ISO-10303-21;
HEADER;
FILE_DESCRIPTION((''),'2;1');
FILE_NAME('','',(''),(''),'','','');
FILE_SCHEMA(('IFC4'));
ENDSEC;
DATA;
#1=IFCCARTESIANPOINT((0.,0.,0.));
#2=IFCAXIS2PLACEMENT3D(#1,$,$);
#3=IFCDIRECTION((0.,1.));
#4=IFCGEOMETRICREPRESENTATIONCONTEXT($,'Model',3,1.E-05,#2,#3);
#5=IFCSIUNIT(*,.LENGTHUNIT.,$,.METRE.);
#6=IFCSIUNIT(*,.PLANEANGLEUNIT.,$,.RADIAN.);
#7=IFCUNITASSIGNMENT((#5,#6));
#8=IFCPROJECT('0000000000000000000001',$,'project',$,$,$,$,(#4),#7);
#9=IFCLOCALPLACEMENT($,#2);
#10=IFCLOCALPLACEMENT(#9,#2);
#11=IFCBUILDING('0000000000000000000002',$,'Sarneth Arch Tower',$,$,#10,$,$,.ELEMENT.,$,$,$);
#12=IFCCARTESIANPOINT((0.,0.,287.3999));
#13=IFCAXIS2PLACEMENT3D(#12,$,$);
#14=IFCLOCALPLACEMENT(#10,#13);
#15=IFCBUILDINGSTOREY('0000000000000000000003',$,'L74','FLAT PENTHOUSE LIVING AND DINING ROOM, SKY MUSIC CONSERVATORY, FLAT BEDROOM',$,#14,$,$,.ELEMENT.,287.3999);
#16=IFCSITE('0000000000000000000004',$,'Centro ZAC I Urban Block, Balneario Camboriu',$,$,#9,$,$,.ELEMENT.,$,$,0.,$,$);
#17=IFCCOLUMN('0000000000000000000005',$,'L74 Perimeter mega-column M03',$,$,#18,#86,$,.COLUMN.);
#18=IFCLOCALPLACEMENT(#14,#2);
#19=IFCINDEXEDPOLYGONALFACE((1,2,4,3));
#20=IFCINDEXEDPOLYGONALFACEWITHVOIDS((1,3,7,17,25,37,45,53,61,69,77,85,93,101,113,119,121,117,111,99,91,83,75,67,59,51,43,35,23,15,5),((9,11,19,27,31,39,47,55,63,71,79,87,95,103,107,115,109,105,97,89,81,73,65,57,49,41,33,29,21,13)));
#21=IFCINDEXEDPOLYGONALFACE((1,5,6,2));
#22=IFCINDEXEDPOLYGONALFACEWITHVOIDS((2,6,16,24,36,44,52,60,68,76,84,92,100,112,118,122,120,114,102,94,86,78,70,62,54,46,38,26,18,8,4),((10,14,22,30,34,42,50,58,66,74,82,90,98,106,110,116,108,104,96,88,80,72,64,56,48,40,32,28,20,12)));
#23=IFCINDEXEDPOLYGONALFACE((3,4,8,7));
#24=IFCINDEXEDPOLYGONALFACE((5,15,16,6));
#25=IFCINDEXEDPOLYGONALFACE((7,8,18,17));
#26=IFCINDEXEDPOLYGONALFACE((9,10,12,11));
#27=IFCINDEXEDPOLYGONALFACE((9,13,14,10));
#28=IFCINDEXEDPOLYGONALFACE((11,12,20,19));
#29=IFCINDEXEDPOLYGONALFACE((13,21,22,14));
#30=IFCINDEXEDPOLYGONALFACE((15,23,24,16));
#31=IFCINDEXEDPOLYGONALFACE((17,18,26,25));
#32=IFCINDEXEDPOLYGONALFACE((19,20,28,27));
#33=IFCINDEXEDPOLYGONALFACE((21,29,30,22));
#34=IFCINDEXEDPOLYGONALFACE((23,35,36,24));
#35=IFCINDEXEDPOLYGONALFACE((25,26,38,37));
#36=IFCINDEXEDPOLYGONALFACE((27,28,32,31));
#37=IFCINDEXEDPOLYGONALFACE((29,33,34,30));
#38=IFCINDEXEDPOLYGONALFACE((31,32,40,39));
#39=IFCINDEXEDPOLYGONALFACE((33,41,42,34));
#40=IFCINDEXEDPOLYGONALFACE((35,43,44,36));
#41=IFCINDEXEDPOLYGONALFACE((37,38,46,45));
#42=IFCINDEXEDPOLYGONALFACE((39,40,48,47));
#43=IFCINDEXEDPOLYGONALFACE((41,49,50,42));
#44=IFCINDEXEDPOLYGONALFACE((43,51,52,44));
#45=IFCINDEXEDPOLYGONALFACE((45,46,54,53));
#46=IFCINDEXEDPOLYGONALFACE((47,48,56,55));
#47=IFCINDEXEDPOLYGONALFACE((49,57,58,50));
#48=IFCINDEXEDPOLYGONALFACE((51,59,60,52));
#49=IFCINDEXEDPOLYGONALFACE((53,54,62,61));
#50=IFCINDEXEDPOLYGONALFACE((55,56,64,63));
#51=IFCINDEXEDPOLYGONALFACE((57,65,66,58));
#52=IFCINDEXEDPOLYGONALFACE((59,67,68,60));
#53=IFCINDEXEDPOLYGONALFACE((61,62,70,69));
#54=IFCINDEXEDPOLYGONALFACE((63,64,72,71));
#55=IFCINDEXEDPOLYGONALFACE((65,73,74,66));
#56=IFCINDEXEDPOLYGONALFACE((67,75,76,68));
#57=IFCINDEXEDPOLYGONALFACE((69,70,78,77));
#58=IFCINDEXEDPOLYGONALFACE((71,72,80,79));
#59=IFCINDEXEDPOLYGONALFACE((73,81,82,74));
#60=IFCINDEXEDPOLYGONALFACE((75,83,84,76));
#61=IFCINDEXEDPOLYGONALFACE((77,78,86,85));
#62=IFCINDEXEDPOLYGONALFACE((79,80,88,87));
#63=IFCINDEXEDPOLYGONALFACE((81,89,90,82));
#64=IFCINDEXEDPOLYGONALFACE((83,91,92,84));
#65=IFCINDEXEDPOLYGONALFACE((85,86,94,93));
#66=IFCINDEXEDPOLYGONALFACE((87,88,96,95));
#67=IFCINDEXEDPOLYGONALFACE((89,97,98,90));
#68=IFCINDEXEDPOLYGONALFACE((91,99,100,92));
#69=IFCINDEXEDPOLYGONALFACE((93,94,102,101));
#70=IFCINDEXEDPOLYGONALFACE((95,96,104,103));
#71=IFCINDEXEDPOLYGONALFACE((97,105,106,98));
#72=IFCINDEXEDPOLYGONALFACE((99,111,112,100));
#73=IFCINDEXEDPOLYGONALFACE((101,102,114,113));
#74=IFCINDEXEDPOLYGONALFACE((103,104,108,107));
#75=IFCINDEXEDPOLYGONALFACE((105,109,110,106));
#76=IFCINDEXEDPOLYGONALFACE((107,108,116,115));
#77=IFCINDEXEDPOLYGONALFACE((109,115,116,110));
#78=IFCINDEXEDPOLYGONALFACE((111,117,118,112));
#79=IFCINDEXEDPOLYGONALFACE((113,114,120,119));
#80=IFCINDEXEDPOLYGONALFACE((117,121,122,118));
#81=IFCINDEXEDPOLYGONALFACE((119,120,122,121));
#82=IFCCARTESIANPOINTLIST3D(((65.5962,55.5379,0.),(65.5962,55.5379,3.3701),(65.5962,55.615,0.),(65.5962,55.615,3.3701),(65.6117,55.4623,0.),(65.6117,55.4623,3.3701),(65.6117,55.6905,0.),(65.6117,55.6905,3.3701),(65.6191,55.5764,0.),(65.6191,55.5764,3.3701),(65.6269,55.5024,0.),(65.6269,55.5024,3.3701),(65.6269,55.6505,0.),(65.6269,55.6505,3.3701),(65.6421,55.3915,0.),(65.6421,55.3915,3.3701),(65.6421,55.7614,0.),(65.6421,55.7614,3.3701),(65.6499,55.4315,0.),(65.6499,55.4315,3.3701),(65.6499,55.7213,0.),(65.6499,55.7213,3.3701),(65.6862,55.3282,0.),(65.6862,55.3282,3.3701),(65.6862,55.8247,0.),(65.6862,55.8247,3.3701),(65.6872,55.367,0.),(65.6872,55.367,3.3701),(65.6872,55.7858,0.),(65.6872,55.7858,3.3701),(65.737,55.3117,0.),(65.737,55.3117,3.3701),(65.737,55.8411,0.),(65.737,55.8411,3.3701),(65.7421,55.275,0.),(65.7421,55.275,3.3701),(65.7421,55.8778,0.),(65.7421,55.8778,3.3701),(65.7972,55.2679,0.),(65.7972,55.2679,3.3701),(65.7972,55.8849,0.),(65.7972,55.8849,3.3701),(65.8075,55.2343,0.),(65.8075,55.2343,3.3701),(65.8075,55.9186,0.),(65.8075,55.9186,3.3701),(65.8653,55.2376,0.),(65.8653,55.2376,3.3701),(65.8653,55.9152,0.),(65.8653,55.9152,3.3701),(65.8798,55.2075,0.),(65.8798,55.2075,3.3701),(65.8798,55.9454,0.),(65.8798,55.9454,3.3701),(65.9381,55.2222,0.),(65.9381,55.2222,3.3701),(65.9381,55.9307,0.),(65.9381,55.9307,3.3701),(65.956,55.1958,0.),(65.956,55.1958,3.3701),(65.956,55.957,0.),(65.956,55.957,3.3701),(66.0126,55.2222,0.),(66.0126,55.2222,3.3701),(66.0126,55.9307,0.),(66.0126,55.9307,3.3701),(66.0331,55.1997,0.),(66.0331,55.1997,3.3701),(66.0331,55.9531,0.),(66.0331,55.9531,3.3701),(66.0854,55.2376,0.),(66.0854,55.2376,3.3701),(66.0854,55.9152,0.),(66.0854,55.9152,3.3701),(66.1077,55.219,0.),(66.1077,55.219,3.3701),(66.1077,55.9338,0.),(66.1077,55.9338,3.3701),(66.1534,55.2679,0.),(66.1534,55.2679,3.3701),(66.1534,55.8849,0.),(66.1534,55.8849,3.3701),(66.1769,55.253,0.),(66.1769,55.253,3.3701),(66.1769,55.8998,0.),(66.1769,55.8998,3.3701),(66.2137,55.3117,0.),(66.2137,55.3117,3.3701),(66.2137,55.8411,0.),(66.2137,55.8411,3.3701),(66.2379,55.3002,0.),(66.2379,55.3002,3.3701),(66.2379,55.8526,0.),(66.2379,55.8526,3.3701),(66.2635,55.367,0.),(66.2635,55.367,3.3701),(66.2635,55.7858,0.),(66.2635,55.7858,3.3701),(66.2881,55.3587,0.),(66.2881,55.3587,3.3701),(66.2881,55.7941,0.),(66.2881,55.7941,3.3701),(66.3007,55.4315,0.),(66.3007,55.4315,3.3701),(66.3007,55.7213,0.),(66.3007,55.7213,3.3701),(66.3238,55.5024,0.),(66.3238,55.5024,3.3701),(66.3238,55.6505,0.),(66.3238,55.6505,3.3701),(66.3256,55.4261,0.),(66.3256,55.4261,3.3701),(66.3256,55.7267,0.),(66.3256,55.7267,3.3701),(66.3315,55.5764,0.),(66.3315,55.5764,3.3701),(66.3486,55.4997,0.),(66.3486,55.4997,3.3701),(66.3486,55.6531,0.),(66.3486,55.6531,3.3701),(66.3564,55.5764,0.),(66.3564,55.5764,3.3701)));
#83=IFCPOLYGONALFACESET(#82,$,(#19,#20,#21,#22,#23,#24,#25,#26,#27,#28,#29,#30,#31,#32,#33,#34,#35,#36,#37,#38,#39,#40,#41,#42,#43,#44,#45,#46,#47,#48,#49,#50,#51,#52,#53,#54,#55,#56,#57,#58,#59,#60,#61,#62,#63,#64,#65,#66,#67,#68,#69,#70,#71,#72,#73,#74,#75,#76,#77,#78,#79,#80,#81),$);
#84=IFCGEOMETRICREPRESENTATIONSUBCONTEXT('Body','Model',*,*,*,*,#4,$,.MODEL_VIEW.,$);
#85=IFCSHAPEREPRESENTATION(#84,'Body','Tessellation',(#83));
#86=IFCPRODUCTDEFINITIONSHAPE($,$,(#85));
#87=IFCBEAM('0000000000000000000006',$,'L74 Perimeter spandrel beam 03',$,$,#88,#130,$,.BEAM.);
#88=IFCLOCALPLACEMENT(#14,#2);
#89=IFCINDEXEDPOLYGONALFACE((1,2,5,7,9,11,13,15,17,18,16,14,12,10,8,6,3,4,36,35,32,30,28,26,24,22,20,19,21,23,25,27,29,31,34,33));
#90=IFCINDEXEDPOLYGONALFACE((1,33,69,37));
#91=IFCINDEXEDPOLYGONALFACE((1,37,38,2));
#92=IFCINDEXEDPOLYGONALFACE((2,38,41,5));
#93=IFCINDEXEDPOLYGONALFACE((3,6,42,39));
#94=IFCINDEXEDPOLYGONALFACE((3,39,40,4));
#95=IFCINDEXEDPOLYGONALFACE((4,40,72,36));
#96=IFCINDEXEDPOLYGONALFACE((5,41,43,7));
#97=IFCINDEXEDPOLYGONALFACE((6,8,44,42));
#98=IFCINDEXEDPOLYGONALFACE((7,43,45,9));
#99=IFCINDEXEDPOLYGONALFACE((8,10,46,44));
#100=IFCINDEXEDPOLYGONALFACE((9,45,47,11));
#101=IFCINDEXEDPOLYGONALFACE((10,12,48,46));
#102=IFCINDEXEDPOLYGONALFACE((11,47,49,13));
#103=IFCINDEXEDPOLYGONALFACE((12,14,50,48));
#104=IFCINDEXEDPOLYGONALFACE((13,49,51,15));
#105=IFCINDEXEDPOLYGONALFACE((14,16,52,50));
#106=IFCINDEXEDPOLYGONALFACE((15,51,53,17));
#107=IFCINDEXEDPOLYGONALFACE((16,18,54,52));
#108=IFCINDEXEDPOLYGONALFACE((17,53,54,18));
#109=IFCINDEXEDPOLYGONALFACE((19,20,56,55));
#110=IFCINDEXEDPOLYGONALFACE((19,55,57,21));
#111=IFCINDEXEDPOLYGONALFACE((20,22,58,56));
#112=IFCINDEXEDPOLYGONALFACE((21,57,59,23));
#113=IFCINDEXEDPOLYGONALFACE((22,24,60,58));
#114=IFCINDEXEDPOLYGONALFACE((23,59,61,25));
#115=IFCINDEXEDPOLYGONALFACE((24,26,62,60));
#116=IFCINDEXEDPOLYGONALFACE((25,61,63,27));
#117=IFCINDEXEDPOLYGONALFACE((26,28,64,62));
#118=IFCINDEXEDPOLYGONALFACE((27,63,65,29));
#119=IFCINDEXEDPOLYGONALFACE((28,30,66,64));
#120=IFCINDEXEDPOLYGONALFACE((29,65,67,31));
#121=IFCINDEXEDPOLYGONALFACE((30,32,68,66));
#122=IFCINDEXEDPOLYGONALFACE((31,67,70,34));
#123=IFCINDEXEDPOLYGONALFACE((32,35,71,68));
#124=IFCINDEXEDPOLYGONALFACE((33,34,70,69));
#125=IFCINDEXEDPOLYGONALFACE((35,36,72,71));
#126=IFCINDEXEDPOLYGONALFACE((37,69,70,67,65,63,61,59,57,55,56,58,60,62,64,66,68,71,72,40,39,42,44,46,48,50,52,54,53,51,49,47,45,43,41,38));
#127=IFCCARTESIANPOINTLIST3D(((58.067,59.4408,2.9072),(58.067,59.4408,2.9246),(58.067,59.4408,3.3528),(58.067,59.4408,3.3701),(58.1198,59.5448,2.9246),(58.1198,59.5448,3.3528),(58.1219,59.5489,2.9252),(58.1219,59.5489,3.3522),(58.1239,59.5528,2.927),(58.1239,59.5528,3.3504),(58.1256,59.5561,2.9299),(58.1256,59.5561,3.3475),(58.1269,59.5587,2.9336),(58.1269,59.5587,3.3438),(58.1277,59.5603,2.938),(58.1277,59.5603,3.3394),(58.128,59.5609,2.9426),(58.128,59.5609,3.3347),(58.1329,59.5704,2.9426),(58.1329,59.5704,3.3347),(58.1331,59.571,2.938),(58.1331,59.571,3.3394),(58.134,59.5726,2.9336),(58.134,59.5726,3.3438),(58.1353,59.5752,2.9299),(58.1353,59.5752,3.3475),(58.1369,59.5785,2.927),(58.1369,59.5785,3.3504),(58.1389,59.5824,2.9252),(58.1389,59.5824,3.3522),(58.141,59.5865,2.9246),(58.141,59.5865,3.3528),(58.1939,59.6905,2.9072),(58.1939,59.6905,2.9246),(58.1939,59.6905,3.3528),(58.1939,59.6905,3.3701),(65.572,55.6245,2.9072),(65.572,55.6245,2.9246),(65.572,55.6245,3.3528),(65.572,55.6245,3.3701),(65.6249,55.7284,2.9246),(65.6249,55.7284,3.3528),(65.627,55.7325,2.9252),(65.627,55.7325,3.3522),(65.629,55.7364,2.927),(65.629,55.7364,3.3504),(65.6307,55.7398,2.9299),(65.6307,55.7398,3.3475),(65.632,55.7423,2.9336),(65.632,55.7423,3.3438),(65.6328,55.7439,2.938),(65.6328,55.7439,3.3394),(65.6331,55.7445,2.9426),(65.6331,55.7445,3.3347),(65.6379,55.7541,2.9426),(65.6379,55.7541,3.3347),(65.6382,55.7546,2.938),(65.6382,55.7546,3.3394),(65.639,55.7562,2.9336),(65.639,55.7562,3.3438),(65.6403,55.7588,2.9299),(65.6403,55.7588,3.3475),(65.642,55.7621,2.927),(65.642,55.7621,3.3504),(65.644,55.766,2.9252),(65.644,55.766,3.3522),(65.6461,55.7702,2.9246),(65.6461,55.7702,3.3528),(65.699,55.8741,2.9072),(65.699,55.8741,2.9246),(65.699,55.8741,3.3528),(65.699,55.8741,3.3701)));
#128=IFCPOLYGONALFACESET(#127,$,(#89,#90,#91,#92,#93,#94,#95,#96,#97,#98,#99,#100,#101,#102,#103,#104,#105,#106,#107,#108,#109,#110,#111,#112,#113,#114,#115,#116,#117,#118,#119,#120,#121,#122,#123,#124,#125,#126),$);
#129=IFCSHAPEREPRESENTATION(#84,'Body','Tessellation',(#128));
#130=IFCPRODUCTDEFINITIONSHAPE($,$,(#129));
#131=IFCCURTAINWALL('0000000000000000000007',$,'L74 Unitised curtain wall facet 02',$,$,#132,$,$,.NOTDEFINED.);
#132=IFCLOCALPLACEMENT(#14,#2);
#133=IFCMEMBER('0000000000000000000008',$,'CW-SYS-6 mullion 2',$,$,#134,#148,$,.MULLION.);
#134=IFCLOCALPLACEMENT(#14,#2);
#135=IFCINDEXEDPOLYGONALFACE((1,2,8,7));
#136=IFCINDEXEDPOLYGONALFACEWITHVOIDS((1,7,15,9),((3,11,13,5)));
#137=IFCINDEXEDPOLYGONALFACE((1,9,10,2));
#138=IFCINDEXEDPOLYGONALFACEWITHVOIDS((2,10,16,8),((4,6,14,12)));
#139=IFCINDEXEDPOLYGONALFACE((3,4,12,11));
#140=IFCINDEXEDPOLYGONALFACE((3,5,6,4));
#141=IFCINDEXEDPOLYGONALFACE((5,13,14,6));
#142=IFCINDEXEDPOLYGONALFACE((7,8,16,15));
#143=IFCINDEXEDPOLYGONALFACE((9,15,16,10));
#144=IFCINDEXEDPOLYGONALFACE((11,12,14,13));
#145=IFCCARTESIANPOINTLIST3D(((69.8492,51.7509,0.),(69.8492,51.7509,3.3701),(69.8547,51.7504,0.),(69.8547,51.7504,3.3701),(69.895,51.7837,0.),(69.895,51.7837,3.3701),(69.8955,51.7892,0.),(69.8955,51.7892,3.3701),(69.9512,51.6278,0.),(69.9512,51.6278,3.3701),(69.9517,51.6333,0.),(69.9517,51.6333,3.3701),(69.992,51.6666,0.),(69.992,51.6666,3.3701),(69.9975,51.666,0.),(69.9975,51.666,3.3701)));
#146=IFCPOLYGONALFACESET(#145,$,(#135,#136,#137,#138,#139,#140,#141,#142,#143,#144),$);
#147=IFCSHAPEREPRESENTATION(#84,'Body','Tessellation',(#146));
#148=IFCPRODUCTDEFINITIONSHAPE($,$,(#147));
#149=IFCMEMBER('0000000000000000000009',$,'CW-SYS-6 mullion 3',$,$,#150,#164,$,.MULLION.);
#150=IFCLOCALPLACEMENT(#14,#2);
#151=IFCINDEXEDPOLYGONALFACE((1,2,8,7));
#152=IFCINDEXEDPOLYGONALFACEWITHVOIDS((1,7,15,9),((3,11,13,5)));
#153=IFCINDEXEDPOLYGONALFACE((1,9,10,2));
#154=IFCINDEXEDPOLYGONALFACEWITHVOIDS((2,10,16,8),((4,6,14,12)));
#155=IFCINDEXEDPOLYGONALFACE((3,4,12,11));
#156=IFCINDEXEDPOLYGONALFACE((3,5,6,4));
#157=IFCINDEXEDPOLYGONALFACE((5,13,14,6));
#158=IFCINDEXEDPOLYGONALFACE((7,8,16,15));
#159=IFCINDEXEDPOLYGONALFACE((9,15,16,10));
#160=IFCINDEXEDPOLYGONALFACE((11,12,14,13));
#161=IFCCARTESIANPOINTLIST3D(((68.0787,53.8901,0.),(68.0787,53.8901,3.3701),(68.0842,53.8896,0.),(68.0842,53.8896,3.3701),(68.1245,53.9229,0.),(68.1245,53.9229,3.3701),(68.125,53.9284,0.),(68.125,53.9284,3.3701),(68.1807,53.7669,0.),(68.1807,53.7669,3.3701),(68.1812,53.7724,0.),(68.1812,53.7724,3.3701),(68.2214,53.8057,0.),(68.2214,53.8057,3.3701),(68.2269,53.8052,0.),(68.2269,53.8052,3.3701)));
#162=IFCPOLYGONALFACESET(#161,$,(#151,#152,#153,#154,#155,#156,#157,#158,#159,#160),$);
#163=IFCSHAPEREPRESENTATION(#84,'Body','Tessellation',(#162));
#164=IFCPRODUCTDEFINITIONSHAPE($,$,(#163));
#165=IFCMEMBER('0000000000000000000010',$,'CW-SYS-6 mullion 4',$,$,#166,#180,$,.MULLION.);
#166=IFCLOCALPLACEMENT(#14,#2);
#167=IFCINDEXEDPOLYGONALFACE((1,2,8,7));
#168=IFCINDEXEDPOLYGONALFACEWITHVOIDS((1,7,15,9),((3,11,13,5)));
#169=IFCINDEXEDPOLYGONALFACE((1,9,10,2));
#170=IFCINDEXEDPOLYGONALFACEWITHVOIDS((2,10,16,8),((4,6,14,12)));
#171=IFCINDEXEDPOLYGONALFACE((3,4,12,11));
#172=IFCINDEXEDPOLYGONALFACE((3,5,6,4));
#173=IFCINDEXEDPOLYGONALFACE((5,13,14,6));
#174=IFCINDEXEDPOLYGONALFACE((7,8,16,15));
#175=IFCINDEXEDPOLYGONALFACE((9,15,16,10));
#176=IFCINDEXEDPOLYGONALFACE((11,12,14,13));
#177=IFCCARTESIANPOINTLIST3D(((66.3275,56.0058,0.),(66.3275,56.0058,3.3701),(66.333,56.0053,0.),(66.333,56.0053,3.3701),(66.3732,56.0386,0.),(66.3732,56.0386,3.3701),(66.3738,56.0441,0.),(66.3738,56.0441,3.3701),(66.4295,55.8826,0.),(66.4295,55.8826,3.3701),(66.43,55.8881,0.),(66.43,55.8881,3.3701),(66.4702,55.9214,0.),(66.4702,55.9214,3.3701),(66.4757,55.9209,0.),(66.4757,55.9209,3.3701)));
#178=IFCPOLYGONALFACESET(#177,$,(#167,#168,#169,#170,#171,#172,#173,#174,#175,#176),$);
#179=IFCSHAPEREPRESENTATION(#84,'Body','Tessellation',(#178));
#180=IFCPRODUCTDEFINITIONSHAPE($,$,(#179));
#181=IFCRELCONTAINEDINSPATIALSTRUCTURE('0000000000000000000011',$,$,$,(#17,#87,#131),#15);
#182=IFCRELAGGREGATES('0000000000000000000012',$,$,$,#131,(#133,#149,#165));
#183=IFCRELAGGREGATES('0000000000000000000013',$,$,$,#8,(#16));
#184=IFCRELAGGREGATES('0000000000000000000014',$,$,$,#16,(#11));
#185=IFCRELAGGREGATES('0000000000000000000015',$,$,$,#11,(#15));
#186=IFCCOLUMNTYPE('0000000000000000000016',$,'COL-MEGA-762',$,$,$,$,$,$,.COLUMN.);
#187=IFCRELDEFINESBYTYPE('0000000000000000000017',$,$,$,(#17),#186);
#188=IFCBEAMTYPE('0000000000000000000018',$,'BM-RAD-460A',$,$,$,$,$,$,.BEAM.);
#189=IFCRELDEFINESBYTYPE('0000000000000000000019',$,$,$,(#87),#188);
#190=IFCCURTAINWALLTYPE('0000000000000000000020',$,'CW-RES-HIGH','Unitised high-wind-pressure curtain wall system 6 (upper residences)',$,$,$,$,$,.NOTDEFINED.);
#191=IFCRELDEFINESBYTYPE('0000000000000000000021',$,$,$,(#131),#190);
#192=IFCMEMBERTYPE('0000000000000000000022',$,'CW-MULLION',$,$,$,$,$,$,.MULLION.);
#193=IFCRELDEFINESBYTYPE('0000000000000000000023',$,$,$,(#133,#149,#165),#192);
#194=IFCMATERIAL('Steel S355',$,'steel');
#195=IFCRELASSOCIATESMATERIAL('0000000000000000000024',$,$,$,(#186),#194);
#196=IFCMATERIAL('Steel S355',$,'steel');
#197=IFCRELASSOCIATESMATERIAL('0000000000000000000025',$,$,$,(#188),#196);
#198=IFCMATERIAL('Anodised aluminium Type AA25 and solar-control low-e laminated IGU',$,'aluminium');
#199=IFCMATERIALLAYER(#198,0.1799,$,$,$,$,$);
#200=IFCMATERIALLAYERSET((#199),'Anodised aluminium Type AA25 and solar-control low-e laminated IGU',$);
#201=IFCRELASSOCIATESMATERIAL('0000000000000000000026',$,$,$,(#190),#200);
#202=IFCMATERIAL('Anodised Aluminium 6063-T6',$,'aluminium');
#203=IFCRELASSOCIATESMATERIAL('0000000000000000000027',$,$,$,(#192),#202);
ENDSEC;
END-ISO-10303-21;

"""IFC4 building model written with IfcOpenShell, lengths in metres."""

from ifc_helpers import new_model, si_unit, direction, frame, origin, origin_2d, place, context, subcontext, project, spatial, hollow_rectangle, hollow_circle, i_section, extrude, material, layer, layer_set, material_profile, profile_set, type_object, element, aggregate, save


model = new_model("IFC4")

# Units and contexts
model_context = context("Model", 3, precision=1e-05, world=origin(), true_north=direction((0.0, 1.0)))
body_context = subcontext(model_context, "Body", "Model", "MODEL_VIEW")
ifc_project = project(units=[si_unit("LENGTHUNIT", "METRE"), si_unit("PLANEANGLEUNIT", "RADIAN")], contexts=[model_context])

# Site, building, storey
site_placement = place(None, origin())
site = spatial("IfcSite", under=ifc_project, at=site_placement, Name="Centro ZAC I Urban Block, Balneario Camboriu", CompositionType="ELEMENT", RefElevation=0.0)
building_placement = place(site_placement, origin())
building = spatial("IfcBuilding", under=site, at=building_placement, Name="Sarneth Arch Tower", CompositionType="ELEMENT")
storey_placement = place(building_placement, frame((0.0, 0.0, 287.3999)))
storey = spatial("IfcBuildingStorey", under=building, at=storey_placement, Name="L74", Description="FLAT PENTHOUSE LIVING AND DINING ROOM, SKY MUSIC CONSERVATORY, FLAT BEDROOM", CompositionType="ELEMENT", Elevation=287.3999)

# Column
ifc_material_1 = material(Name="Steel S355", Category="steel")
ifc_material_profile_1 = material_profile(ifc_material_1, hollow_circle(Radius=0.3811, WallThickness=0.0249, at=origin_2d()), Name="CHS762x25")
ifc_profile_set_1 = profile_set([ifc_material_profile_1], Name="Steel S355")
column_type = type_object("IfcColumnType", Name="COL-MEGA-762", PredefinedType="COLUMN", material=ifc_profile_set_1)
column_placement = place(storey_placement, frame((65.9753, 55.5764, 0.0), z_axis=(0.0, 0.0, 1.0), x_axis=(1.0, 0.0, 0.0)))
element("IfcColumn", 1, at=column_placement, inside=storey, type_object=column_type, Name="L74 Perimeter mega-column M03", PredefinedType="COLUMN", context=body_context, shape_type="SweptSolid", body=[
    extrude(hollow_circle(Radius=0.3811, WallThickness=0.0249, at=origin_2d()), origin(), (0.0, 0.0, 1.0), 3.3701),
])

# Beam
ifc_material_2 = material(Name="Steel S355", Category="steel")
ifc_material_profile_2 = material_profile(ifc_material_2, i_section(OverallWidth=0.28, OverallDepth=0.4629, WebThickness=0.0107, FlangeThickness=0.0173, FilletRadius=0.0181, at=origin_2d()), Name="W460x113")
ifc_profile_set_2 = profile_set([ifc_material_profile_2], Name="Steel S355")
beam_type = type_object("IfcBeamType", Name="BM-RAD-460A", PredefinedType="BEAM", material=ifc_profile_set_2)
beam_placement = place(storey_placement, frame((65.6355, 55.7493, 3.1387), z_axis=(-0.891374, 0.453269, 0.0), x_axis=(-0.453269, -0.891374, 0.0)))
element("IfcBeam", 2, at=beam_placement, inside=storey, type_object=beam_type, Name="L74 Perimeter spandrel beam 03", PredefinedType="BEAM", context=body_context, shape_type="SweptSolid", body=[
    extrude(i_section(OverallWidth=0.28, OverallDepth=0.4629, WebThickness=0.0107, FlangeThickness=0.0173, FilletRadius=0.0181, at=origin_2d()), origin(), (0.0, 0.0, 1.0), 8.4197),
])

# Curtain wall, members
ifc_material_3 = material(Name="Anodised aluminium Type AA25 and solar-control low-e laminated IGU", Category="aluminium")
ifc_layer_1 = layer(ifc_material_3, 0.1799)
ifc_layer_set_1 = layer_set([ifc_layer_1], Name="Anodised aluminium Type AA25 and solar-control low-e laminated IGU")
curtain_wall_type = type_object("IfcCurtainWallType", Name="CW-RES-HIGH", Description="Unitised high-wind-pressure curtain wall system 6 (upper residences)", PredefinedType="NOTDEFINED", material=ifc_layer_set_1)
curtain_wall_placement = place(storey_placement, origin())
curtain_wall = element("IfcCurtainWall", 3, at=curtain_wall_placement, inside=storey, type_object=curtain_wall_type, Name="L74 Unitised curtain wall facet 02", PredefinedType="NOTDEFINED")
ifc_material_4 = material(Name="Anodised Aluminium 6063-T6", Category="aluminium")
ifc_material_profile_3 = material_profile(ifc_material_4, hollow_rectangle(XDim=0.0601, YDim=0.1599, WallThickness=0.0039, at=origin_2d()), Name="AL-MULL-160x60x4")
ifc_profile_set_3 = profile_set([ifc_material_profile_3], Name="Anodised Aluminium 6063-T6")
member_type_1 = type_object("IfcMemberType", Name="CW-MULLION", PredefinedType="MULLION", material=ifc_profile_set_3)
member_1_placement = place(storey_placement, frame((69.9233, 51.7085, 0.0), z_axis=(0.0, 0.0, 1.0), x_axis=(-0.770359, -0.63761, 0.0)))
member_1 = element("IfcMember", 4, at=member_1_placement, type_object=member_type_1, Name="CW-SYS-6 mullion 2", PredefinedType="MULLION", context=body_context, shape_type="SweptSolid", body=[
    extrude(hollow_rectangle(XDim=0.0601, YDim=0.1599, WallThickness=0.0039, at=origin_2d()), origin(), (0.0, 0.0, 1.0), 3.3701),
])
member_2_placement = place(storey_placement, frame((68.1528, 53.8477, 0.0), z_axis=(0.0, 0.0, 1.0), x_axis=(-0.770359, -0.63761, 0.0)))
member_2 = element("IfcMember", 5, at=member_2_placement, type_object=member_type_1, Name="CW-SYS-6 mullion 3", PredefinedType="MULLION", context=body_context, shape_type="SweptSolid", body=[
    extrude(hollow_rectangle(XDim=0.0601, YDim=0.1599, WallThickness=0.0039, at=origin_2d()), origin(), (0.0, 0.0, 1.0), 3.3701),
])
member_3_placement = place(storey_placement, frame((66.4016, 55.9634, 0.0), z_axis=(0.0, 0.0, 1.0), x_axis=(-0.770359, -0.63761, 0.0)))
member_3 = element("IfcMember", 6, at=member_3_placement, type_object=member_type_1, Name="CW-SYS-6 mullion 4", PredefinedType="MULLION", context=body_context, shape_type="SweptSolid", body=[
    extrude(hollow_rectangle(XDim=0.0601, YDim=0.1599, WallThickness=0.0039, at=origin_2d()), origin(), (0.0, 0.0, 1.0), 3.3701),
])

aggregate(curtain_wall, [member_1, member_2, member_3])

save(model, "model.ifc")
